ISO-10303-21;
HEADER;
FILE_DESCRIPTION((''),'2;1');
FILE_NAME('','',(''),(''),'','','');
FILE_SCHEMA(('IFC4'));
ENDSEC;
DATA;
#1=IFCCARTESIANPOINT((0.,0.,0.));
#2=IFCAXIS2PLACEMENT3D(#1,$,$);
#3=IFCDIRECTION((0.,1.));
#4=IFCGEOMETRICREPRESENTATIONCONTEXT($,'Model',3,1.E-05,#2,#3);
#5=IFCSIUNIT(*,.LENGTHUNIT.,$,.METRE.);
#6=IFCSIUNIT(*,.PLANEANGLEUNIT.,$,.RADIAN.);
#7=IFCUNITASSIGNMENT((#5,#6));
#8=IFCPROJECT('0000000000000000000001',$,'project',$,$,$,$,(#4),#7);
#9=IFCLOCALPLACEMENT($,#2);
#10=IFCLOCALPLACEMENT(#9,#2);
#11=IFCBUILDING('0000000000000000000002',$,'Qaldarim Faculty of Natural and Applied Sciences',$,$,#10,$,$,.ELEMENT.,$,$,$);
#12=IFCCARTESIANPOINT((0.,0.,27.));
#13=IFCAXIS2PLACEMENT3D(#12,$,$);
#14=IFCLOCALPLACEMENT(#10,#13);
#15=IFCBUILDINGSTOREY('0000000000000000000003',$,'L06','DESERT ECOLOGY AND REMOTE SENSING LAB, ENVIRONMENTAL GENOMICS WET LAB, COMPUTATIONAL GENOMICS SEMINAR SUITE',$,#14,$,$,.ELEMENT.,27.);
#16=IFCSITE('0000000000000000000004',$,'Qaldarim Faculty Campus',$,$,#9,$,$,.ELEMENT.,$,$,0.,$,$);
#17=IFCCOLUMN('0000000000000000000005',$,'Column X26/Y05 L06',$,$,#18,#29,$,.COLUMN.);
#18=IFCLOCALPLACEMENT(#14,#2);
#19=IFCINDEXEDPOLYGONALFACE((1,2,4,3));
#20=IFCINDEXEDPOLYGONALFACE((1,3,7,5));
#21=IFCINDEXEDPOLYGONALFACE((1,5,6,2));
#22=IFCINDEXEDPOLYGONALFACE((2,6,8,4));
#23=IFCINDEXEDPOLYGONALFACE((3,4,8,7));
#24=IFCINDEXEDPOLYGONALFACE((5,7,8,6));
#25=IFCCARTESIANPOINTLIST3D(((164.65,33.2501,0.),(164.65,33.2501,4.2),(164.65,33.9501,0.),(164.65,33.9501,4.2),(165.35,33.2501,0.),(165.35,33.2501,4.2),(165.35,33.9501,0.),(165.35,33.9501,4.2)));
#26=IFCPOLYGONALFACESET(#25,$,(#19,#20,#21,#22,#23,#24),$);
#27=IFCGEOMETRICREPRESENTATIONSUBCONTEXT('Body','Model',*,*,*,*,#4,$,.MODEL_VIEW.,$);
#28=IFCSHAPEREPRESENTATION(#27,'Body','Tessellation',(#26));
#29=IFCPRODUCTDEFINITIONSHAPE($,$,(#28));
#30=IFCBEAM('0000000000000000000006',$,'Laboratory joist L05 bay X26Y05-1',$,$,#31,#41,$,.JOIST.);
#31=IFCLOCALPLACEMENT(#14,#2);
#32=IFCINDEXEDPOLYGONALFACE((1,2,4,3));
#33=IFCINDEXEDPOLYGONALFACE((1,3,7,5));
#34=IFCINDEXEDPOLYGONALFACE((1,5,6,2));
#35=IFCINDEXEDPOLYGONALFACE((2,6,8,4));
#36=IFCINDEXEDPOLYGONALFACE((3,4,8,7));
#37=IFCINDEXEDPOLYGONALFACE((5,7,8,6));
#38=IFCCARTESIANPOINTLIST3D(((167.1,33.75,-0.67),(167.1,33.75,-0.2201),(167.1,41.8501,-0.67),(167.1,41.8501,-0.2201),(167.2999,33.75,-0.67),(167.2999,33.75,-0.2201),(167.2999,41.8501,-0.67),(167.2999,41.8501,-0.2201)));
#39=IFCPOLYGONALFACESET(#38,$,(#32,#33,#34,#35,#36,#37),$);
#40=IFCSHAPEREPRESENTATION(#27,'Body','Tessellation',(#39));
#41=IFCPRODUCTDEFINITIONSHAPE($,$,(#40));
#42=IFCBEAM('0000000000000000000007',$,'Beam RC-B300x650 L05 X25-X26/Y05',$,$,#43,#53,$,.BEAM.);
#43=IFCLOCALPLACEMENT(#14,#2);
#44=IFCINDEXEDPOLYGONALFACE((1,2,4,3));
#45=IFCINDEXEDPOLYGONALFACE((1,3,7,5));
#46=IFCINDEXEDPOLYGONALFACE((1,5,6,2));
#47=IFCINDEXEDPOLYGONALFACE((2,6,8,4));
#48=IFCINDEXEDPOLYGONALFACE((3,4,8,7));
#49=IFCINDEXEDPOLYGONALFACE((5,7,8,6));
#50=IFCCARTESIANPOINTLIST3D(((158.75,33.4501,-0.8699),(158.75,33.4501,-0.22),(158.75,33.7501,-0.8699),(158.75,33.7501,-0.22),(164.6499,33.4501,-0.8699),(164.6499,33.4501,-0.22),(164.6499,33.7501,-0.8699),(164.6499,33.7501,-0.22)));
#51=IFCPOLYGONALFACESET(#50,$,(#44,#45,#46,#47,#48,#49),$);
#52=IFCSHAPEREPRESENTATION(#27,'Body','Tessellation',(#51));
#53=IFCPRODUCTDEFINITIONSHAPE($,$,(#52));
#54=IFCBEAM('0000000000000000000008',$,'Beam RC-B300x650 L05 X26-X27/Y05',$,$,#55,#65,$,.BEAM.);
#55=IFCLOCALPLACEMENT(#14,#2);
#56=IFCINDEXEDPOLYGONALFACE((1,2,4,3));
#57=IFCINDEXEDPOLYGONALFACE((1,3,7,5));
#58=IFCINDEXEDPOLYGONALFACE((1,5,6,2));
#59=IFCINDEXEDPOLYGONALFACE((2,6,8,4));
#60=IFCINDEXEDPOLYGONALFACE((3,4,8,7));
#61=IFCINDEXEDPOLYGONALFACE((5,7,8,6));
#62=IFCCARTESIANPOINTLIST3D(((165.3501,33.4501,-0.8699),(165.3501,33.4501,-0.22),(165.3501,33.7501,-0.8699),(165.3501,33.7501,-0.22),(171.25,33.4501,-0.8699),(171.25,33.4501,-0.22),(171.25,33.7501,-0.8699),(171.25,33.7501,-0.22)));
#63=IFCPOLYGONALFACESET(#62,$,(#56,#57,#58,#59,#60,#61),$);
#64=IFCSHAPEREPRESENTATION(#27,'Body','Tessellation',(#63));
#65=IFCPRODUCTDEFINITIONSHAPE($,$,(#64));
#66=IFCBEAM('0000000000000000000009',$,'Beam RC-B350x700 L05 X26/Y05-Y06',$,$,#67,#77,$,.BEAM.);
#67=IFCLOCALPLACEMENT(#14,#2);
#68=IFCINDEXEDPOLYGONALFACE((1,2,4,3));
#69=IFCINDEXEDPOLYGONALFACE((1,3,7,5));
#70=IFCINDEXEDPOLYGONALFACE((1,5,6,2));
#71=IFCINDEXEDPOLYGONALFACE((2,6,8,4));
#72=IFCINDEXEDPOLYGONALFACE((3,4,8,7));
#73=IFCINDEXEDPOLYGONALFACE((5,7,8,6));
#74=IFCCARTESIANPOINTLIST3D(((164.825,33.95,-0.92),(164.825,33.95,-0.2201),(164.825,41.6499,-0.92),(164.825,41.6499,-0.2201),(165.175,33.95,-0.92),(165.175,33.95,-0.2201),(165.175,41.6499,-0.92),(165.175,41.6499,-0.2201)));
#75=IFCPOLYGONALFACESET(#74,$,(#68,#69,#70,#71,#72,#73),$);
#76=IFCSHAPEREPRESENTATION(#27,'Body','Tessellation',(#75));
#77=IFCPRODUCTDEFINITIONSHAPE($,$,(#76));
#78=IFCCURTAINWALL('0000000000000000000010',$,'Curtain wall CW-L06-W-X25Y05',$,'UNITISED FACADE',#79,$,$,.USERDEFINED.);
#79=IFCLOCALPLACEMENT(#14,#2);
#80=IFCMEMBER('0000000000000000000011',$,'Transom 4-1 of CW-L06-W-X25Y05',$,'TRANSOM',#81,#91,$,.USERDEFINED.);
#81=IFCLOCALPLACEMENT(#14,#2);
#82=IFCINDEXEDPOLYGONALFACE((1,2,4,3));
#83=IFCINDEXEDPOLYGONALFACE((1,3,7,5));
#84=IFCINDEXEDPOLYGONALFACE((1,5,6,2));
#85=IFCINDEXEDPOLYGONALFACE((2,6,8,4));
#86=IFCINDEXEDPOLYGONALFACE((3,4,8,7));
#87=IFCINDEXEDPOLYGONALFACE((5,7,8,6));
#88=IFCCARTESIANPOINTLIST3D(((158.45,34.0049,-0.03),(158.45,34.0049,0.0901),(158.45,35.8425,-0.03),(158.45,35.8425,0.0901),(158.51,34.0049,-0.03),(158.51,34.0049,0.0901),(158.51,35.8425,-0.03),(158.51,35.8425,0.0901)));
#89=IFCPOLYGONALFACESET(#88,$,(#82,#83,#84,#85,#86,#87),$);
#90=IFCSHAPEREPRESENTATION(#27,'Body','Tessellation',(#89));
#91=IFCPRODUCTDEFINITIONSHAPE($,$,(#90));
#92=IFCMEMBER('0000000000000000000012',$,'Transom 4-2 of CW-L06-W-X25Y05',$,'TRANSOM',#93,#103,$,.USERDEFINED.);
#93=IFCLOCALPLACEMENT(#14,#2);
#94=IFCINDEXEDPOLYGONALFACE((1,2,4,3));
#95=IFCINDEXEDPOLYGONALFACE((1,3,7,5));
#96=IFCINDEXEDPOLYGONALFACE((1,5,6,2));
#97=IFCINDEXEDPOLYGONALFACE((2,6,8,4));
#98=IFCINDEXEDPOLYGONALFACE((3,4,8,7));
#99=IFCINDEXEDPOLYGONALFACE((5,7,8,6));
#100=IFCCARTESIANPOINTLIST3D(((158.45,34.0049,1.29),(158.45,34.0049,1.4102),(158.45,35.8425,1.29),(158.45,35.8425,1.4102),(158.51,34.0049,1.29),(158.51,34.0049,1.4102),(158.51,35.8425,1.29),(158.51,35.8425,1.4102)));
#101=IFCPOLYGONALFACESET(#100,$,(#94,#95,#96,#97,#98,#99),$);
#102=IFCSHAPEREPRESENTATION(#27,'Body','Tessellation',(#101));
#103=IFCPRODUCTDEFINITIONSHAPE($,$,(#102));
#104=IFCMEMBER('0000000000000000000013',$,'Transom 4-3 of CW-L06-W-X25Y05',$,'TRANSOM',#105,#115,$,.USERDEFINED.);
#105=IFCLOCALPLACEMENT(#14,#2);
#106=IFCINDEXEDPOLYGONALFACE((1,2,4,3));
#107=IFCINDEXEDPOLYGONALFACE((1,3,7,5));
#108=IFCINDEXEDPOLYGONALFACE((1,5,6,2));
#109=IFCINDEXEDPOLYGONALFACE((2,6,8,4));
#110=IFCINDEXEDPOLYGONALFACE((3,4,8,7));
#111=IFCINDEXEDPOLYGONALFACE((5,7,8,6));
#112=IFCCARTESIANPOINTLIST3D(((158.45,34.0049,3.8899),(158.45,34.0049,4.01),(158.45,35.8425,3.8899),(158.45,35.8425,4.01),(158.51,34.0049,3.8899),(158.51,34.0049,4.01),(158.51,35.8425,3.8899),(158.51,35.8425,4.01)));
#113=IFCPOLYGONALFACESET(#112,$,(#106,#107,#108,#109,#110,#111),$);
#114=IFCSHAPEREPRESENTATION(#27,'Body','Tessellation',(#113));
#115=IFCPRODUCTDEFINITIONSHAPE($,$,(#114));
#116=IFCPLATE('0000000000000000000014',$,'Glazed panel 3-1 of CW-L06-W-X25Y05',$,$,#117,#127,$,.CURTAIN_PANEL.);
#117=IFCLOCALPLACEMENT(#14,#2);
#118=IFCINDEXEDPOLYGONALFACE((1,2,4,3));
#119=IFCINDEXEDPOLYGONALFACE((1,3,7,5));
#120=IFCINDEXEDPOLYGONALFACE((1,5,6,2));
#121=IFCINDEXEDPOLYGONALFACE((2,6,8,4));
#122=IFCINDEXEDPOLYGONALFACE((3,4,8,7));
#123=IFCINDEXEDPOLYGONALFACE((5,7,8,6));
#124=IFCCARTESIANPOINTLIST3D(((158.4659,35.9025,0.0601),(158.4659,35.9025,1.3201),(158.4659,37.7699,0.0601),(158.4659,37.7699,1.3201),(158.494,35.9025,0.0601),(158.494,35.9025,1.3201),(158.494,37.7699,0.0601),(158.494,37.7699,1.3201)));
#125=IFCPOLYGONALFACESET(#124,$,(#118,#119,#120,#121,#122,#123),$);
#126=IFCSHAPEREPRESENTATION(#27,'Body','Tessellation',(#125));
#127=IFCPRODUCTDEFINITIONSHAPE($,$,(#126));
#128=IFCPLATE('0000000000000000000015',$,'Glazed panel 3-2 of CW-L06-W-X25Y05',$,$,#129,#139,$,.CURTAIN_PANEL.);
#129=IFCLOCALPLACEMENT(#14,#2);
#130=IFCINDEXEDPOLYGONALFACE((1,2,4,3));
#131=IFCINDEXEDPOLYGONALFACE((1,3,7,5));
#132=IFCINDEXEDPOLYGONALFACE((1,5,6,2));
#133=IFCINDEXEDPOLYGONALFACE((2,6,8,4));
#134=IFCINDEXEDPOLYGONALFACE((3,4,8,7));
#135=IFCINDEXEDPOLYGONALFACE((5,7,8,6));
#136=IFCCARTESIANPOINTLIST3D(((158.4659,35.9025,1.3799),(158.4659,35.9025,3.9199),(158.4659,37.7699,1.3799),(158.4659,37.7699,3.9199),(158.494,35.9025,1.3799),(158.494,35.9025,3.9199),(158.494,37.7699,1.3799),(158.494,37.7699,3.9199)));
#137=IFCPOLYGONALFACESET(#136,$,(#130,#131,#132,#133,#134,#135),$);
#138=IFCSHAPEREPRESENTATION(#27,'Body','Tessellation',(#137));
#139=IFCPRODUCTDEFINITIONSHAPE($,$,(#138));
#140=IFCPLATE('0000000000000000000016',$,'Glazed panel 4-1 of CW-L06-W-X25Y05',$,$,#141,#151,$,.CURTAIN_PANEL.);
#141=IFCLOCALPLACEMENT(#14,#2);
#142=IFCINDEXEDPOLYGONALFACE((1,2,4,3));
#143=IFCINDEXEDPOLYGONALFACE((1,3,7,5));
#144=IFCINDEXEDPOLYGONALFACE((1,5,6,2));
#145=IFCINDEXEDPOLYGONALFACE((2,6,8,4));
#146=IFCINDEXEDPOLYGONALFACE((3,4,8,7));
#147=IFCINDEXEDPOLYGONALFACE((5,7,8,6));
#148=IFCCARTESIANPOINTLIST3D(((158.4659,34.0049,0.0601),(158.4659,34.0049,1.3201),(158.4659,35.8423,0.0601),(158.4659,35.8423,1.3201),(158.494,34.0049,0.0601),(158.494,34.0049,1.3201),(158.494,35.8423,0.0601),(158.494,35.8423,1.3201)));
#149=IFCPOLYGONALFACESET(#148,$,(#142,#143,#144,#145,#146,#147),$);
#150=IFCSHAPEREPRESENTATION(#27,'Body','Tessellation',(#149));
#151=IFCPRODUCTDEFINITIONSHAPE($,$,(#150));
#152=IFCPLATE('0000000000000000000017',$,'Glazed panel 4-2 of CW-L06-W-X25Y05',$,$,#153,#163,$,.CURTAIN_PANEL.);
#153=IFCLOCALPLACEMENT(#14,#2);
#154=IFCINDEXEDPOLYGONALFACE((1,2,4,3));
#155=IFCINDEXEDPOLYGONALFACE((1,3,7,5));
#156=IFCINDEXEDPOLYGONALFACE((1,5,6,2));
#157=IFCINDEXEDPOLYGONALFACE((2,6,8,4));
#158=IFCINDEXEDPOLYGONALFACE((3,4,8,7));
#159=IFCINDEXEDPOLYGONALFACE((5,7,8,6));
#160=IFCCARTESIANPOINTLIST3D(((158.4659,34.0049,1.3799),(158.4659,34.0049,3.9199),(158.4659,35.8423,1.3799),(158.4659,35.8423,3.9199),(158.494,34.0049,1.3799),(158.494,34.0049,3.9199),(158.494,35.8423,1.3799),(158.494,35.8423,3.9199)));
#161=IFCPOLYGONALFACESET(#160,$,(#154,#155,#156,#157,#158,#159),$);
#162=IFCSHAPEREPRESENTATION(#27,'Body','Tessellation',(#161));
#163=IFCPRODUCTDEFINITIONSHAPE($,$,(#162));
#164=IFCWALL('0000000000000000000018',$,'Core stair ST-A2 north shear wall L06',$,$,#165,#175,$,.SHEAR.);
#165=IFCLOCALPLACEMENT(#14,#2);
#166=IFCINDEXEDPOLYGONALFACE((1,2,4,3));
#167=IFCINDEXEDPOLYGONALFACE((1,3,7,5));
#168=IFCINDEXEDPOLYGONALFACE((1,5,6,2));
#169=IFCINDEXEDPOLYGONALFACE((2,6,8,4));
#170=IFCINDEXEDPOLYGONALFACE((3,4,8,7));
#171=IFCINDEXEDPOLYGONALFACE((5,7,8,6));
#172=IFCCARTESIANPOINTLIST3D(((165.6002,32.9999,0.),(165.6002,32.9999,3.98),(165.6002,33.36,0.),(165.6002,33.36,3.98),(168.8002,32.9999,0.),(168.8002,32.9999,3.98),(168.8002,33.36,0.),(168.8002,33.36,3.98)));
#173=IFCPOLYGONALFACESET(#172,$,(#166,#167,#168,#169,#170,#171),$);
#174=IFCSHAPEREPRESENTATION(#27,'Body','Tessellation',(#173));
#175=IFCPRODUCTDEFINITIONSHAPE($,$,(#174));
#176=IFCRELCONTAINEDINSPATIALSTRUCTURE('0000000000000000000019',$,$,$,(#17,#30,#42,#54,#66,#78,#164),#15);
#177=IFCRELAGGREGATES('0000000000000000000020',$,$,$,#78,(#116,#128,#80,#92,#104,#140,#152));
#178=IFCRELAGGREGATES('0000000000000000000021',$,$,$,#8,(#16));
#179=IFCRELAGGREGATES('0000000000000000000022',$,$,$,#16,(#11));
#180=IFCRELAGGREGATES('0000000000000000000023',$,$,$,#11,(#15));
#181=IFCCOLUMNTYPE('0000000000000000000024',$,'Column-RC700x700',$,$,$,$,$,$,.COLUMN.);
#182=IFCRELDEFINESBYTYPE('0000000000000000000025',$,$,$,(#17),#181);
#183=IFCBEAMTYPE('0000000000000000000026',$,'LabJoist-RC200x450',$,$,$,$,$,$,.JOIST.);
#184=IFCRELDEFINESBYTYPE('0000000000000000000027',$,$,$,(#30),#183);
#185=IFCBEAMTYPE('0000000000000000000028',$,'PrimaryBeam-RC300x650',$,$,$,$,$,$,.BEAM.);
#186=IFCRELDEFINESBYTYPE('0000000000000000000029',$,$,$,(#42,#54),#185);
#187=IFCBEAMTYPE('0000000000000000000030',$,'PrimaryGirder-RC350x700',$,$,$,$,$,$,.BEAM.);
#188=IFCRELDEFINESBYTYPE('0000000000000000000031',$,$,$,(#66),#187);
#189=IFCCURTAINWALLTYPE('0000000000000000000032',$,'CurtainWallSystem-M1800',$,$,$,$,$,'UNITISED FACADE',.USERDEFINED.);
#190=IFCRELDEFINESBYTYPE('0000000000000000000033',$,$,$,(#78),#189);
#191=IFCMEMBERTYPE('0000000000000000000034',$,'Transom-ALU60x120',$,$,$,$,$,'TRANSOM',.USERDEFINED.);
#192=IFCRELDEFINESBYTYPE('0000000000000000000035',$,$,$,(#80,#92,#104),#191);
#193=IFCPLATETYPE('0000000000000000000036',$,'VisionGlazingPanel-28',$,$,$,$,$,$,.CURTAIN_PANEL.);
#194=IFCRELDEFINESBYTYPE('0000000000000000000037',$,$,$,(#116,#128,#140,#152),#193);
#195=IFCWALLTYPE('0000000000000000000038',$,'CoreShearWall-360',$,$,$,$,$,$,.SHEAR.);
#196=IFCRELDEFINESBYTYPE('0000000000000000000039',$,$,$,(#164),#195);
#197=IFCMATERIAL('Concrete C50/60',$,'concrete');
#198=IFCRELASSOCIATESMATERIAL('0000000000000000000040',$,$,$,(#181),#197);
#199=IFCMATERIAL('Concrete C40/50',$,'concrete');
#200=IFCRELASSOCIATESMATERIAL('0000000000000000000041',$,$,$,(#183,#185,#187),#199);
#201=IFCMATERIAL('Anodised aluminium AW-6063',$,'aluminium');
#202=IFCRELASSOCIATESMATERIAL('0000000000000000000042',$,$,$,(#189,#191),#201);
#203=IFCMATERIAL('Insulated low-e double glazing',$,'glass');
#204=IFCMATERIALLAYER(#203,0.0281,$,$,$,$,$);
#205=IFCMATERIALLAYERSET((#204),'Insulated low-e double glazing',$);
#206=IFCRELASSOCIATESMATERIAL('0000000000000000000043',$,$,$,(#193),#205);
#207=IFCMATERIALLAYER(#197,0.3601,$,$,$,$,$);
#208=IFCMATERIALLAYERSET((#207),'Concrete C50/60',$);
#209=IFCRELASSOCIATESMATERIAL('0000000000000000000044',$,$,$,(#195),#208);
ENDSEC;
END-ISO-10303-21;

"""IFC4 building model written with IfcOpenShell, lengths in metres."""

from ifc_helpers import new_model, si_unit, direction, frame, frame_2d, origin, origin_2d, place, context, subcontext, project, spatial, rectangle, extrude, material, layer, layer_set, material_profile, profile_set, type_object, element, aggregate, save


model = new_model("IFC4")

# Units and contexts
model_context = context("Model", 3, precision=1e-05, world=origin(), true_north=direction((0.0, 1.0)))
body_context = subcontext(model_context, "Body", "Model", "MODEL_VIEW")
ifc_project = project(units=[si_unit("LENGTHUNIT", "METRE"), si_unit("PLANEANGLEUNIT", "RADIAN")], contexts=[model_context])

# Site, building, storey
site_placement = place(None, origin())
site = spatial("IfcSite", under=ifc_project, at=site_placement, Name="Qaldarim Faculty Campus", CompositionType="ELEMENT", RefElevation=0.0)
building_placement = place(site_placement, origin())
building = spatial("IfcBuilding", under=site, at=building_placement, Name="Qaldarim Faculty of Natural and Applied Sciences", CompositionType="ELEMENT")
storey_placement = place(building_placement, frame((0.0, 0.0, 27.0)))
storey = spatial("IfcBuildingStorey", under=building, at=storey_placement, Name="L06", Description="DESERT ECOLOGY AND REMOTE SENSING LAB, ENVIRONMENTAL GENOMICS WET LAB, COMPUTATIONAL GENOMICS SEMINAR SUITE", CompositionType="ELEMENT", Elevation=27.0)

# Column
ifc_material_1 = material(Name="Concrete C50/60", Category="concrete")
ifc_material_profile_1 = material_profile(ifc_material_1, rectangle(XDim=0.7, YDim=0.7, at=origin_2d()), Name="RC-C700x700")
ifc_profile_set_1 = profile_set([ifc_material_profile_1], Name="Concrete C50/60")
column_type = type_object("IfcColumnType", Name="Column-RC700x700", PredefinedType="COLUMN", material=ifc_profile_set_1)
column_placement = place(storey_placement, frame((165.0, 33.6001, 0.0), z_axis=(0.0, 0.0, 1.0), x_axis=(1.0, 0.0, 0.0)))
element("IfcColumn", 1, at=column_placement, inside=storey, type_object=column_type, Name="Column X26/Y05 L06", PredefinedType="COLUMN", context=body_context, shape_type="SweptSolid", body=[
    extrude(rectangle(XDim=0.7, YDim=0.7, at=origin_2d()), origin(), (0.0, 0.0, 1.0), 4.2),
])

# Beams
ifc_material_2 = material(Name="Concrete C40/50", Category="concrete")
ifc_material_profile_2 = material_profile(ifc_material_2, rectangle(XDim=0.2, YDim=0.45, at=origin_2d()), Name="RC-J200x450")
ifc_profile_set_2 = profile_set([ifc_material_profile_2], Name="Concrete C40/50")
beam_type_1 = type_object("IfcBeamType", Name="LabJoist-RC200x450", PredefinedType="JOIST", material=ifc_profile_set_2)
beam_1_placement = place(storey_placement, frame((167.2, 33.75, -0.4451), z_axis=(0.0, 1.0, 0.0), x_axis=(-1.0, 0.0, 0.0)))
element("IfcBeam", 2, at=beam_1_placement, inside=storey, type_object=beam_type_1, Name="Laboratory joist L05 bay X26Y05-1", PredefinedType="JOIST", context=body_context, shape_type="SweptSolid", body=[
    extrude(rectangle(XDim=0.2, YDim=0.45, at=origin_2d()), origin(), (0.0, 0.0, 1.0), 8.1001),
])
ifc_material_profile_3 = material_profile(ifc_material_2, rectangle(XDim=0.3, YDim=0.6499, at=origin_2d()), Name="RC-B300x650")
ifc_profile_set_3 = profile_set([ifc_material_profile_3], Name="Concrete C40/50")
beam_type_2 = type_object("IfcBeamType", Name="PrimaryBeam-RC300x650", PredefinedType="BEAM", material=ifc_profile_set_3)
for number, where, z_axis, x_axis, name in (
    (3, (158.75, 33.6001, -0.5449), (1.0, 0.0, 0.0), (0.0, 1.0, 0.0), "Beam RC-B300x650 L05 X25-X26/Y05"),
    (4, (165.3501, 33.6001, -0.5449), (1.0, 0.0, 0.0), (0.0, 1.0, 0.0), "Beam RC-B300x650 L05 X26-X27/Y05"),
):
    element("IfcBeam", number, at=place(storey_placement, frame(where, z_axis=z_axis, x_axis=x_axis)), inside=storey, type_object=beam_type_2, Name=name, PredefinedType="BEAM", context=body_context, shape_type="SweptSolid", body=[
        extrude(rectangle(XDim=0.3, YDim=0.6499, at=origin_2d()), origin(), (0.0, 0.0, 1.0), 5.8999),
    ])
ifc_material_profile_4 = material_profile(ifc_material_2, rectangle(XDim=0.3501, YDim=0.7, at=origin_2d()), Name="RC-B350x700")
ifc_profile_set_4 = profile_set([ifc_material_profile_4], Name="Concrete C40/50")
beam_type_3 = type_object("IfcBeamType", Name="PrimaryGirder-RC350x700", PredefinedType="BEAM", material=ifc_profile_set_4)
beam_2_placement = place(storey_placement, frame((165.0, 33.95, -0.5701), z_axis=(0.0, 1.0, 0.0), x_axis=(-1.0, 0.0, 0.0)))
element("IfcBeam", 5, at=beam_2_placement, inside=storey, type_object=beam_type_3, Name="Beam RC-B350x700 L05 X26/Y05-Y06", PredefinedType="BEAM", context=body_context, shape_type="SweptSolid", body=[
    extrude(rectangle(XDim=0.3501, YDim=0.7, at=origin_2d()), origin(), (0.0, 0.0, 1.0), 7.7),
])

# Curtain wall, members, plates
ifc_material_3 = material(Name="Anodised aluminium AW-6063", Category="aluminium")
curtain_wall_type = type_object("IfcCurtainWallType", Name="CurtainWallSystem-M1800", ElementType="UNITISED FACADE", PredefinedType="USERDEFINED", material=ifc_material_3)
curtain_wall_placement = place(storey_placement, origin())
curtain_wall = element("IfcCurtainWall", 6, at=curtain_wall_placement, inside=storey, type_object=curtain_wall_type, Name="Curtain wall CW-L06-W-X25Y05", ObjectType="UNITISED FACADE", PredefinedType="USERDEFINED")
ifc_material_profile_5 = material_profile(ifc_material_3, rectangle(XDim=0.0601, YDim=0.1201, at=origin_2d()), Name="ALU-T60x120")
ifc_profile_set_5 = profile_set([ifc_material_profile_5], Name="Anodised aluminium AW-6063")
member_type = type_object("IfcMemberType", Name="Transom-ALU60x120", ElementType="TRANSOM", PredefinedType="USERDEFINED", material=ifc_profile_set_5)
member_1_placement = place(storey_placement, frame((158.48, 35.8425, 0.03), z_axis=(0.0, -1.0, 0.0), x_axis=(1.0, 0.0, 0.0)))
member_1 = element("IfcMember", 7, at=member_1_placement, type_object=member_type, Name="Transom 4-1 of CW-L06-W-X25Y05", ObjectType="TRANSOM", PredefinedType="USERDEFINED", context=body_context, shape_type="SweptSolid", body=[
    extrude(rectangle(XDim=0.0601, YDim=0.1201, at=origin_2d()), origin(), (0.0, 0.0, 1.0), 1.8376),
])
member_2_placement = place(storey_placement, frame((158.48, 35.8425, 1.3501), z_axis=(0.0, -1.0, 0.0), x_axis=(1.0, 0.0, 0.0)))
member_2 = element("IfcMember", 8, at=member_2_placement, type_object=member_type, Name="Transom 4-2 of CW-L06-W-X25Y05", ObjectType="TRANSOM", PredefinedType="USERDEFINED", context=body_context, shape_type="SweptSolid", body=[
    extrude(rectangle(XDim=0.0601, YDim=0.1201, at=origin_2d()), origin(), (0.0, 0.0, 1.0), 1.8376),
])
member_3_placement = place(storey_placement, frame((158.48, 35.8425, 3.95), z_axis=(0.0, -1.0, 0.0), x_axis=(1.0, 0.0, 0.0)))
member_3 = element("IfcMember", 9, at=member_3_placement, type_object=member_type, Name="Transom 4-3 of CW-L06-W-X25Y05", ObjectType="TRANSOM", PredefinedType="USERDEFINED", context=body_context, shape_type="SweptSolid", body=[
    extrude(rectangle(XDim=0.0601, YDim=0.1201, at=origin_2d()), origin(), (0.0, 0.0, 1.0), 1.8376),
])
ifc_material_4 = material(Name="Insulated low-e double glazing", Category="glass")
ifc_layer_1 = layer(ifc_material_4, 0.0281)
ifc_layer_set_1 = layer_set([ifc_layer_1], Name="Insulated low-e double glazing")
plate_type = type_object("IfcPlateType", Name="VisionGlazingPanel-28", PredefinedType="CURTAIN_PANEL", material=ifc_layer_set_1)
plate_1_placement = place(storey_placement, frame((158.48, 36.8362, 0.0601), z_axis=(0.0, 0.0, 1.0), x_axis=(0.0, -1.0, 0.0)))
plate_1 = element("IfcPlate", 10, at=plate_1_placement, type_object=plate_type, Name="Glazed panel 3-1 of CW-L06-W-X25Y05", PredefinedType="CURTAIN_PANEL", context=body_context, shape_type="SweptSolid", body=[
    extrude(rectangle(XDim=1.8674, YDim=0.0281, at=origin_2d()), origin(), (0.0, 0.0, 1.0), 1.26),
])
plate_2_placement = place(storey_placement, frame((158.48, 36.8362, 1.3799), z_axis=(0.0, 0.0, 1.0), x_axis=(0.0, -1.0, 0.0)))
plate_2 = element("IfcPlate", 11, at=plate_2_placement, type_object=plate_type, Name="Glazed panel 3-2 of CW-L06-W-X25Y05", PredefinedType="CURTAIN_PANEL", context=body_context, shape_type="SweptSolid", body=[
    extrude(rectangle(XDim=1.8674, YDim=0.0281, at=origin_2d()), origin(), (0.0, 0.0, 1.0), 2.54),
])
plate_3_placement = place(storey_placement, frame((158.48, 34.9236, 0.0601), z_axis=(0.0, 0.0, 1.0), x_axis=(0.0, -1.0, 0.0)))
plate_3 = element("IfcPlate", 12, at=plate_3_placement, type_object=plate_type, Name="Glazed panel 4-1 of CW-L06-W-X25Y05", PredefinedType="CURTAIN_PANEL", context=body_context, shape_type="SweptSolid", body=[
    extrude(rectangle(XDim=1.8374, YDim=0.0281, at=origin_2d()), origin(), (0.0, 0.0, 1.0), 1.26),
])
plate_4_placement = place(storey_placement, frame((158.48, 34.9236, 1.3799), z_axis=(0.0, 0.0, 1.0), x_axis=(0.0, -1.0, 0.0)))
plate_4 = element("IfcPlate", 13, at=plate_4_placement, type_object=plate_type, Name="Glazed panel 4-2 of CW-L06-W-X25Y05", PredefinedType="CURTAIN_PANEL", context=body_context, shape_type="SweptSolid", body=[
    extrude(rectangle(XDim=1.8374, YDim=0.0281, at=origin_2d()), origin(), (0.0, 0.0, 1.0), 2.54),
])
aggregate(curtain_wall, [plate_1, plate_2, member_1, member_2, member_3, plate_3, plate_4])

# Wall
ifc_layer_2 = layer(ifc_material_1, 0.3601)
ifc_layer_set_2 = layer_set([ifc_layer_2], Name="Concrete C50/60")
wall_type_1 = type_object("IfcWallType", Name="CoreShearWall-360", PredefinedType="SHEAR", material=ifc_layer_set_2)
wall_1_placement = place(storey_placement, frame((165.6001, 33.1799, 0.0), z_axis=(0.0, 0.0, 1.0), x_axis=(1.0, 0.0, 0.0)))
element("IfcWall", 14, at=wall_1_placement, inside=storey, type_object=wall_type_1, Name="Core stair ST-A2 north shear wall L06", PredefinedType="SHEAR", context=body_context, shape_type="SweptSolid", body=[
    extrude(rectangle(XDim=3.2, YDim=0.3601, at=frame_2d((1.6001, 0.0))), origin(), (0.0, 0.0, 1.0), 3.98),
])

save(model, "model.ifc")
